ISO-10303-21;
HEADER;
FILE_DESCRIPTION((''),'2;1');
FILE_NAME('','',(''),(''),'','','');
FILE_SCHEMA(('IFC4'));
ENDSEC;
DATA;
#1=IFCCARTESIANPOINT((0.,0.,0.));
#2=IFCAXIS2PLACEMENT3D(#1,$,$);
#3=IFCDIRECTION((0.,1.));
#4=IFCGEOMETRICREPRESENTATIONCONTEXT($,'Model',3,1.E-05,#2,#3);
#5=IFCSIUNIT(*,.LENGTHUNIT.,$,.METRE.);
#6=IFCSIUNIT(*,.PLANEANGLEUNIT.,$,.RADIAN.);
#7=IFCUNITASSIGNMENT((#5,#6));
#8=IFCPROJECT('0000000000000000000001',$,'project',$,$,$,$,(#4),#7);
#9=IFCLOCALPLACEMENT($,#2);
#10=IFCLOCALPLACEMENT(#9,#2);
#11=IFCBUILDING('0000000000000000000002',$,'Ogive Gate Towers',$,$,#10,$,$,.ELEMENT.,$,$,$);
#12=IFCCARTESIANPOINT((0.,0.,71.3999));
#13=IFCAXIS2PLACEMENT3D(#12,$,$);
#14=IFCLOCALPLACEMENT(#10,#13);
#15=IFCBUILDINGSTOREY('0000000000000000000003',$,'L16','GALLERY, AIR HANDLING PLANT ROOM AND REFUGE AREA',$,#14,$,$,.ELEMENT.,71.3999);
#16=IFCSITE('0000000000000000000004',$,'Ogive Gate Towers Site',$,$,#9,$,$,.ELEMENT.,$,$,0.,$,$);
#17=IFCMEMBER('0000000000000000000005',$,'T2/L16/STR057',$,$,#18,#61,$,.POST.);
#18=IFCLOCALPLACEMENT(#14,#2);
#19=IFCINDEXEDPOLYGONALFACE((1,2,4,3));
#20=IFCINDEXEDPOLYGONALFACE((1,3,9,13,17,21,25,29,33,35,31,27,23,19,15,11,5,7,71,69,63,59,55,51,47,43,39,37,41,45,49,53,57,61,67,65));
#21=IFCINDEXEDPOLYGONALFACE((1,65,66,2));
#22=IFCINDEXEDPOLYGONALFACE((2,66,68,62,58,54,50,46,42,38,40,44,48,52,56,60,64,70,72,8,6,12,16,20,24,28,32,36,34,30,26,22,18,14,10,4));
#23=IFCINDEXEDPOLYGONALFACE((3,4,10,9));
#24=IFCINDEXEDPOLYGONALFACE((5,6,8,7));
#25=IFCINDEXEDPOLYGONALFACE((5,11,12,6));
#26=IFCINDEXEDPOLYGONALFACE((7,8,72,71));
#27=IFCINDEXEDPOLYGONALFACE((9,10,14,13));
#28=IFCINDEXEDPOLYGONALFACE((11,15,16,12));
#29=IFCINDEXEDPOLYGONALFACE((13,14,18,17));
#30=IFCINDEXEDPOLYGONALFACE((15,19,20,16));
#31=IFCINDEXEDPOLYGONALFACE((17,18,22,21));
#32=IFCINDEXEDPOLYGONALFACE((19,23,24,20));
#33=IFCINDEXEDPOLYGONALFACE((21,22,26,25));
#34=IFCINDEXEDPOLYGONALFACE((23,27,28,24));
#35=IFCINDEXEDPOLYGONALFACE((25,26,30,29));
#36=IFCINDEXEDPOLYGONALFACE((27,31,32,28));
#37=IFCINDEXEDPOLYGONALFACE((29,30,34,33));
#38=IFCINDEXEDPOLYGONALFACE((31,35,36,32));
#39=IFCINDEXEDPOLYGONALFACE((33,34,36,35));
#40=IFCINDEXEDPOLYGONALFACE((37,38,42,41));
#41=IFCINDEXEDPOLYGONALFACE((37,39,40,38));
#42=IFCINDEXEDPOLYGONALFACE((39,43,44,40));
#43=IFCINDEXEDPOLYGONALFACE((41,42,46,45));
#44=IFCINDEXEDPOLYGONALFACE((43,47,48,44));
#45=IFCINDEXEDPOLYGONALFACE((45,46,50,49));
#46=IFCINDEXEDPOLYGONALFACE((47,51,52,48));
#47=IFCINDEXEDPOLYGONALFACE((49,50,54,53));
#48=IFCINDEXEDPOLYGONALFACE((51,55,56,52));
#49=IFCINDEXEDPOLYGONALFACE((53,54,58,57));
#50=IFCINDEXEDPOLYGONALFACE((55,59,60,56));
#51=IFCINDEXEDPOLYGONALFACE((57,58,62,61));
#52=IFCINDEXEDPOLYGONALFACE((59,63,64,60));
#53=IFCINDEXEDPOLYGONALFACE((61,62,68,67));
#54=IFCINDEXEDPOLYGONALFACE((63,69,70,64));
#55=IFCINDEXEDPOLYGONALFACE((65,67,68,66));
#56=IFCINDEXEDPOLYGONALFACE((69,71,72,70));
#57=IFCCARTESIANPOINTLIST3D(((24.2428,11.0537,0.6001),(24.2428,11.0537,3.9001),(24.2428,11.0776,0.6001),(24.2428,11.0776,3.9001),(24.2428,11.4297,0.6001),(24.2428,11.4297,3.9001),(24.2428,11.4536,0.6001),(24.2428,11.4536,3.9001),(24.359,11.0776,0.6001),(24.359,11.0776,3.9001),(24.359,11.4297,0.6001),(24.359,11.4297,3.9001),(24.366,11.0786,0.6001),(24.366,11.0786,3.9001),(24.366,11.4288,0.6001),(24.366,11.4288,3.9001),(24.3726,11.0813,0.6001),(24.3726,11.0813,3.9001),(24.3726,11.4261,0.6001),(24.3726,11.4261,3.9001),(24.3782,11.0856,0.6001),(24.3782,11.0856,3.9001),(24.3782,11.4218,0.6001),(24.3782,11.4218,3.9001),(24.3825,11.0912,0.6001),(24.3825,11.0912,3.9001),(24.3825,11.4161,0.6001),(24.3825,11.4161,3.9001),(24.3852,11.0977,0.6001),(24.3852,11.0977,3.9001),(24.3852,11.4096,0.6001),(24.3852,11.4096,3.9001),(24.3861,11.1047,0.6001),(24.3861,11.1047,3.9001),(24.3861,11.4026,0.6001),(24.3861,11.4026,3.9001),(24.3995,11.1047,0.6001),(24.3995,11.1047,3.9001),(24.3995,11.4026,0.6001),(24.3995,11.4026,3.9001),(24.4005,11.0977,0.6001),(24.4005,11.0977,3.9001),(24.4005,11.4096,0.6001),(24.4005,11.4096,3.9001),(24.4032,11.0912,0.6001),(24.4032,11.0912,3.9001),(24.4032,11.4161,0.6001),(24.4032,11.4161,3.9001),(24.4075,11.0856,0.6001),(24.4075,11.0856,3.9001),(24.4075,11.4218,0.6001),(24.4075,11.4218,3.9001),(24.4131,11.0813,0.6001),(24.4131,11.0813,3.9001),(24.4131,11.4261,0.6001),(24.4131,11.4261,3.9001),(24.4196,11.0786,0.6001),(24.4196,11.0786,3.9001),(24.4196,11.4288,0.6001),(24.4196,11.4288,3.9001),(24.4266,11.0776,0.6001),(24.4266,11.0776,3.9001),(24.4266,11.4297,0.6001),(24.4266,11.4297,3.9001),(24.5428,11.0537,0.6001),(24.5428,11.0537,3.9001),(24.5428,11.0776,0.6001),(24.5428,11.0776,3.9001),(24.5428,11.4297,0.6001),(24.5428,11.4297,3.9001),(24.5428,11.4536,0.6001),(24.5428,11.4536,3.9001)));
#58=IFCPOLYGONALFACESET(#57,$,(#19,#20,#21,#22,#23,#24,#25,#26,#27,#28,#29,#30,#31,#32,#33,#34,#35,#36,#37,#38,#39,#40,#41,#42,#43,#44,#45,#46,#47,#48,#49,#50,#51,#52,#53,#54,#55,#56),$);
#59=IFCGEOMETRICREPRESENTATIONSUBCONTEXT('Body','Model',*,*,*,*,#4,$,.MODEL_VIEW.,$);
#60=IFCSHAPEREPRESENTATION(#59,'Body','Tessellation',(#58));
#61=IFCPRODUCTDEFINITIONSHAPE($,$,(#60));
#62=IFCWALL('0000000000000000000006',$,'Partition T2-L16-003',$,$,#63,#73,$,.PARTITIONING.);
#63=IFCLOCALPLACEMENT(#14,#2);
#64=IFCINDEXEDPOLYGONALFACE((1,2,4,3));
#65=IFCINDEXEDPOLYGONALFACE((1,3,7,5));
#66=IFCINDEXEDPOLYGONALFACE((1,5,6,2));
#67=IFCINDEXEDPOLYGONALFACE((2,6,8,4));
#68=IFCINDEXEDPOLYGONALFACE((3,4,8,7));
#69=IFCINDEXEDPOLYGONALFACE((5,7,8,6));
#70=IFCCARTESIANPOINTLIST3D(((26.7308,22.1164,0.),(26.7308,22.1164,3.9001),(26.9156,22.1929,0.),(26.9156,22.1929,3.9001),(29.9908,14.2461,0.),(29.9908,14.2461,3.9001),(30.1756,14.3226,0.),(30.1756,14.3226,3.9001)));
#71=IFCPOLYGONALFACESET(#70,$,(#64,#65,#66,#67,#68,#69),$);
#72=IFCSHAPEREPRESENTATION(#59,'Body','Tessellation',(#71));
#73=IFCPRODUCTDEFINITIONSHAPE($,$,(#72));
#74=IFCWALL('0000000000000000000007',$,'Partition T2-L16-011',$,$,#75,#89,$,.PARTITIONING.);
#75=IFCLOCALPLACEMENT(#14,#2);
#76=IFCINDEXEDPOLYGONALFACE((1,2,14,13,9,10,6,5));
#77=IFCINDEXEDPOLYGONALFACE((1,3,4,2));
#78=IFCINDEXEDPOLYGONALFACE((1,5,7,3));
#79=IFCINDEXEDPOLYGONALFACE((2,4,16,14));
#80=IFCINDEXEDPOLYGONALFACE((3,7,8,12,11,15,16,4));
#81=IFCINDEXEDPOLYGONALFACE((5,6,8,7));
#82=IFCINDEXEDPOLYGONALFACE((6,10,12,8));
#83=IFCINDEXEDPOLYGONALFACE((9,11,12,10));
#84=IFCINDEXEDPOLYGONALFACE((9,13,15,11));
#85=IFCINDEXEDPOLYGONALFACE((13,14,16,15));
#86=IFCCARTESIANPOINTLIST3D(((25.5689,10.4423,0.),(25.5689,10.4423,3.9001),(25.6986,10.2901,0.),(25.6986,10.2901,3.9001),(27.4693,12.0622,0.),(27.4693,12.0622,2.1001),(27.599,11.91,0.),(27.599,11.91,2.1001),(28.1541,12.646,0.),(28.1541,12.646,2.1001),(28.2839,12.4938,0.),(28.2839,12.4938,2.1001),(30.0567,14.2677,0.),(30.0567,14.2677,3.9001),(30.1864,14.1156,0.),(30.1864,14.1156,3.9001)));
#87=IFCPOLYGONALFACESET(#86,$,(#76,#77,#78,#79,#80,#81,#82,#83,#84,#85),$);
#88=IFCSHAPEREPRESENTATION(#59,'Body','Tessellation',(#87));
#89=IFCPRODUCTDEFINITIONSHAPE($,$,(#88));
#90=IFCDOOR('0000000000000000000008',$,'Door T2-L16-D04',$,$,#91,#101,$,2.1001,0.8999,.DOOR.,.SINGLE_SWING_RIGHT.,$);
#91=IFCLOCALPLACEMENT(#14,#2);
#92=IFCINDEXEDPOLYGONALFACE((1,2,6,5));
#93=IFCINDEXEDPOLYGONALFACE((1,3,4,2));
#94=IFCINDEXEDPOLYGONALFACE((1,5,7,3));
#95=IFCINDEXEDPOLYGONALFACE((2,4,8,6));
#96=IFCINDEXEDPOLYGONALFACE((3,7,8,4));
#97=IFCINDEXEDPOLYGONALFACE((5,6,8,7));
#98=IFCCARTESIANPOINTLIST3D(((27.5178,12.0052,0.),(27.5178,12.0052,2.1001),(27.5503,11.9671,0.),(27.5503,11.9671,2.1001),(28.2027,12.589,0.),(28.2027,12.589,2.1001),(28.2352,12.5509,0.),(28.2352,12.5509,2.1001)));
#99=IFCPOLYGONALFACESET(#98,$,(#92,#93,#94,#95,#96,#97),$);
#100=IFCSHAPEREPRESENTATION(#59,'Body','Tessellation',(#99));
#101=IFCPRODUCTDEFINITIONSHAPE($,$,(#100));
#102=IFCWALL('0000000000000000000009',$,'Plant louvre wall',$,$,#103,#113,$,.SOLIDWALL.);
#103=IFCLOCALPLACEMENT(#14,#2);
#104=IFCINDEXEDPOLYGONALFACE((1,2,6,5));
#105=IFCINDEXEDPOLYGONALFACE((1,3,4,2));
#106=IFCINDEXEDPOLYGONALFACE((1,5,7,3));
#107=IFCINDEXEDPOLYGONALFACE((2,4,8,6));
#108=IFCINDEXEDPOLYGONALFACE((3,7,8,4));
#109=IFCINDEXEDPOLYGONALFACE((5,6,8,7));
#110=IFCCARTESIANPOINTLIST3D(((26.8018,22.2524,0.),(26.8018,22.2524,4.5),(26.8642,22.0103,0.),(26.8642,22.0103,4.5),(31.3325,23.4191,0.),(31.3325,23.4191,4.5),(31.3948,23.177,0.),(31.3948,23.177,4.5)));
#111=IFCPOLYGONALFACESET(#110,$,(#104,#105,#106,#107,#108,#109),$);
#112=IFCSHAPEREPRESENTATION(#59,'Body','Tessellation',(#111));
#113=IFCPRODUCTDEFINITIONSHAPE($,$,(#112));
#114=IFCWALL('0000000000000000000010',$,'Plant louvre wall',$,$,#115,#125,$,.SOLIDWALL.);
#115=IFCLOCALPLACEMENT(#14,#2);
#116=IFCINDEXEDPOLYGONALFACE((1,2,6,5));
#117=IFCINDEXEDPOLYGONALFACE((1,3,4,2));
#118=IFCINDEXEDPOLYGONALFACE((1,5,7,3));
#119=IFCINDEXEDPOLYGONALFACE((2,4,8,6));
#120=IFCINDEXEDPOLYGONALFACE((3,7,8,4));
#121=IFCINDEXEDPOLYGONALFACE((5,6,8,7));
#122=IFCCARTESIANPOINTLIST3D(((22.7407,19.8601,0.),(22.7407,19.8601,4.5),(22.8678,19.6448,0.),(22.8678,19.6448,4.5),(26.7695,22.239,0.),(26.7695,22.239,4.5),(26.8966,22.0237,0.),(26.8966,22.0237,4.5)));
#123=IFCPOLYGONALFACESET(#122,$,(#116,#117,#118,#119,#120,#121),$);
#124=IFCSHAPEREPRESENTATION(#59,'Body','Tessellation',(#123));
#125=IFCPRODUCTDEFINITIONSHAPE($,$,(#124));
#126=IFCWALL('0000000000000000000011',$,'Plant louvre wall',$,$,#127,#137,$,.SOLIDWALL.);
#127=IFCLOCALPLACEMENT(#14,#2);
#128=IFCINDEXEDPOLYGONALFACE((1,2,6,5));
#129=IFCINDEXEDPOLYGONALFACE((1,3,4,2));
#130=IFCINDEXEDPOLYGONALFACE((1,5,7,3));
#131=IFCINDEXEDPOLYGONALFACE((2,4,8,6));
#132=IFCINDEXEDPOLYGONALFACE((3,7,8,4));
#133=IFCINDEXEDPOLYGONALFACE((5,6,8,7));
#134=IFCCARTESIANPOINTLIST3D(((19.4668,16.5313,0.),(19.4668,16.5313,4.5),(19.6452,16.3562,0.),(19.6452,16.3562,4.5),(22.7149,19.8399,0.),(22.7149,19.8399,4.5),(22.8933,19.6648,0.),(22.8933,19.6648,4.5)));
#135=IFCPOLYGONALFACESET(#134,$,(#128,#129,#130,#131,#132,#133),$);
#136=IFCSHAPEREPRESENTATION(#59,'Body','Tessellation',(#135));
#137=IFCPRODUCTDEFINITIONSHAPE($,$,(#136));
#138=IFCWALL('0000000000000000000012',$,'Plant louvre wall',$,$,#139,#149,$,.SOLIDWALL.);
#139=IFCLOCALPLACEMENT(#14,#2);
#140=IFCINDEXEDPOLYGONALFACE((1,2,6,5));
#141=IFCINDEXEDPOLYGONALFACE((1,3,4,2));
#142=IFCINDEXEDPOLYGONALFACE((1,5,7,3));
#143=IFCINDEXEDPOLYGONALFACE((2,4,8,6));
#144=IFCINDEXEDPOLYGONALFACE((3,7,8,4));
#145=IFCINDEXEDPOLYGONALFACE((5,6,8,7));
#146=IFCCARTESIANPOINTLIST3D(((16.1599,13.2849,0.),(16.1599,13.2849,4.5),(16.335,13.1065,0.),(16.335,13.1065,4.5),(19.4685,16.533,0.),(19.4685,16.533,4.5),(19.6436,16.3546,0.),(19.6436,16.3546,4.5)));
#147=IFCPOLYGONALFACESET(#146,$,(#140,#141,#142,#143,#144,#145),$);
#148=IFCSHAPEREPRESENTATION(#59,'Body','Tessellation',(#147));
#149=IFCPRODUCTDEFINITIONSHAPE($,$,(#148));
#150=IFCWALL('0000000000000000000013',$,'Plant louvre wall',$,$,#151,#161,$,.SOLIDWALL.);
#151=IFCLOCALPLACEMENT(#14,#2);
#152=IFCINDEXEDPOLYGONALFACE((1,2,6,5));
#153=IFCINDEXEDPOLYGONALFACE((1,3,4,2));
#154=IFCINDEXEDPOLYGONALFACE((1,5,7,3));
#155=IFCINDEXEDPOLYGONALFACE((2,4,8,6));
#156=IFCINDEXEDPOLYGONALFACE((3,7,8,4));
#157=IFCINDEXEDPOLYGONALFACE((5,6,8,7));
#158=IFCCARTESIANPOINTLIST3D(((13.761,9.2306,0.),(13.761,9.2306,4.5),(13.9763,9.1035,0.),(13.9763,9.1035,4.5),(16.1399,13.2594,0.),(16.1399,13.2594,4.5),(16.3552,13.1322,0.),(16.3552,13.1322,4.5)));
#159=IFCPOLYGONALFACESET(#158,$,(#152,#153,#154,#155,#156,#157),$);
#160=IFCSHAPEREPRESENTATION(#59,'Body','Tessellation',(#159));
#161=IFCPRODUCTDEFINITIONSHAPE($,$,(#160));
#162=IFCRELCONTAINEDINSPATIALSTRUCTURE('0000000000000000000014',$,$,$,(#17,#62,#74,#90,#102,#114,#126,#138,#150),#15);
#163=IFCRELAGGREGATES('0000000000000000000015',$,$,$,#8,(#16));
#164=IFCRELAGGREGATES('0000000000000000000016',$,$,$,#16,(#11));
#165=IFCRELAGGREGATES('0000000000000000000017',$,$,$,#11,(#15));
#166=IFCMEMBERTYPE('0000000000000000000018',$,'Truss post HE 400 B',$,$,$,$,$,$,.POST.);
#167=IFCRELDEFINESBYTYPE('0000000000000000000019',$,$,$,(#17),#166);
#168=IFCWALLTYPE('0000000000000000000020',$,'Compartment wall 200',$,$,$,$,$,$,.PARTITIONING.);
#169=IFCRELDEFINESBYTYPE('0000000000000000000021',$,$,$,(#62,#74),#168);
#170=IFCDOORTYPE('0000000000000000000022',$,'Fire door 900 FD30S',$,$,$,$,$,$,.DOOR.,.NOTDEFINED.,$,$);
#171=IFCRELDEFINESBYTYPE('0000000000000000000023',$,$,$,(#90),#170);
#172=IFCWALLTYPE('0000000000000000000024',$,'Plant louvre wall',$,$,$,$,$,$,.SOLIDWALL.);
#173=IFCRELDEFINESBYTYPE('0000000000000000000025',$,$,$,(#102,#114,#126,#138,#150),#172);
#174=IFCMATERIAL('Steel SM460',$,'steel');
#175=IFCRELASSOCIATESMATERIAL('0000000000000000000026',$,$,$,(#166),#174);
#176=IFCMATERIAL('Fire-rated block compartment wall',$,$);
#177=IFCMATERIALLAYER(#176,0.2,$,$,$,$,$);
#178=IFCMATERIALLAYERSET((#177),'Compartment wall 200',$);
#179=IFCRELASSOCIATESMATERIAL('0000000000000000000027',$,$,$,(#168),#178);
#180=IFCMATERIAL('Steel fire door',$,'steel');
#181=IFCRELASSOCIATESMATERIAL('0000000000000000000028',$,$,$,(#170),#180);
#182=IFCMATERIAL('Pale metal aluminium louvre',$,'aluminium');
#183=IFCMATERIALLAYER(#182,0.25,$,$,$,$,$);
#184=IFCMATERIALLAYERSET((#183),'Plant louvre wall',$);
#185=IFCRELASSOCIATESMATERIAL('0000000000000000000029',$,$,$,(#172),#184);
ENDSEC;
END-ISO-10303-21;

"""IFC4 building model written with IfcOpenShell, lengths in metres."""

from ifc_helpers import new_model, si_unit, direction, frame, frame_2d, origin, origin_2d, place, context, subcontext, project, spatial, rectangle, i_section, extrude, material, layer, layer_set, material_profile, profile_set, type_object, element, fill, save


model = new_model("IFC4")

# Units and contexts
model_context = context("Model", 3, precision=1e-05, world=origin(), true_north=direction((0.0, 1.0)))
body_context = subcontext(model_context, "Body", "Model", "MODEL_VIEW")
ifc_project = project(units=[si_unit("LENGTHUNIT", "METRE"), si_unit("PLANEANGLEUNIT", "RADIAN")], contexts=[model_context])

# Site, building, storey
site_placement = place(None, origin())
site = spatial("IfcSite", under=ifc_project, at=site_placement, Name="Ogive Gate Towers Site", CompositionType="ELEMENT", RefElevation=0.0)
building_placement = place(site_placement, origin())
building = spatial("IfcBuilding", under=site, at=building_placement, Name="Ogive Gate Towers", CompositionType="ELEMENT")
storey_placement = place(building_placement, frame((0.0, 0.0, 71.3999)))
storey = spatial("IfcBuildingStorey", under=building, at=storey_placement, Name="L16", Description="GALLERY, AIR HANDLING PLANT ROOM AND REFUGE AREA", CompositionType="ELEMENT", Elevation=71.3999)

# Shared definitions
ifc_material_1 = material(Name="Steel SM460", Category="steel")

# Member
ifc_material_profile_1 = material_profile(ifc_material_1, i_section(OverallWidth=0.3, OverallDepth=0.3999, WebThickness=0.0134, FlangeThickness=0.0239, FilletRadius=0.0271, at=origin_2d()), Name="HE 400 B")
ifc_profile_set_1 = profile_set([ifc_material_profile_1], Name="Steel SM460")
member_type_1 = type_object("IfcMemberType", Name="Truss post HE 400 B", PredefinedType="POST", material=ifc_profile_set_1)
member_1_placement = place(storey_placement, frame((24.3928, 11.2537, 0.6001), z_axis=(0.0, 0.0, 1.0), x_axis=(1.0, 0.0, 0.0)))
element("IfcMember", 1, at=member_1_placement, inside=storey, type_object=member_type_1, Name="T2/L16/STR057", PredefinedType="POST", context=body_context, shape_type="SweptSolid", body=[
    extrude(i_section(OverallWidth=0.3, OverallDepth=0.3999, WebThickness=0.0134, FlangeThickness=0.0239, FilletRadius=0.0271, at=origin_2d()), origin(), (0.0, 0.0, 1.0), 3.3),
])

# Wall
ifc_material_2 = material(Name="Fire-rated block compartment wall")
ifc_layer_1 = layer(ifc_material_2, 0.2)
ifc_layer_set_1 = layer_set([ifc_layer_1], Name="Compartment wall 200")
wall_type_1 = type_object("IfcWallType", Name="Compartment wall 200", PredefinedType="PARTITIONING", material=ifc_layer_set_1)
wall_1_placement = place(storey_placement, frame((26.8232, 22.1545, 0.0), z_axis=(0.0, 0.0, 1.0), x_axis=(0.382683, -0.92388, 0.0)))
element("IfcWall", 2, at=wall_1_placement, inside=storey, type_object=wall_type_1, Name="Partition T2-L16-003", PredefinedType="PARTITIONING", context=body_context, shape_type="SweptSolid", body=[
    extrude(rectangle(XDim=8.5188, YDim=0.2, at=frame_2d((4.2593, 0.0))), origin(), (0.0, 0.0, 1.0), 3.9001),
])

# Wall, opening, door
wall_2_placement = place(storey_placement, frame((30.1216, 14.1917, 0.0), z_axis=(0.0, 0.0, 1.0), x_axis=(-0.761034, -0.648713, 0.0)))
wall_2 = element("IfcWall", 3, at=wall_2_placement, inside=storey, type_object=wall_type_1, Name="Partition T2-L16-011", PredefinedType="PARTITIONING", context=body_context, shape_type="SweptSolid", body=[
    extrude(rectangle(XDim=5.897, YDim=0.2, at=frame_2d((2.9485, 0.0))), origin(), (0.0, 0.0, 1.0), 3.9001),
])
opening_placement = place(wall_2_placement, frame((2.5, 0.0, 0.0)))
opening = element("IfcOpeningElement", 4, at=opening_placement, cuts=wall_2, PredefinedType="OPENING", context=body_context, shape_type="SweptSolid", body=[
    extrude(rectangle(XDim=0.8999, YDim=2.1001, at=frame_2d((0.45, 1.05))), frame((0.0, 0.1099, 0.0), z_axis=(0.0, -1.0, 0.0), x_axis=(1.0, 0.0, 0.0)), (0.0, 0.0, 1.0), 0.22),
])
ifc_material_3 = material(Name="Steel fire door", Category="steel")
door_type = type_object("IfcDoorType", Name="Fire door 900 FD30S", OperationType="NOTDEFINED", PredefinedType="DOOR", material=ifc_material_3)
door_placement = place(opening_placement, origin())
door = element("IfcDoor", 5, at=door_placement, inside=storey, type_object=door_type, Name="Door T2-L16-D04", OperationType="SINGLE_SWING_RIGHT", OverallHeight=2.1001, OverallWidth=0.8999, PredefinedType="DOOR", context=body_context, shape_type="SweptSolid", body=[
    extrude(rectangle(XDim=0.8999, YDim=2.1001, at=frame_2d((0.45, 1.05))), frame((0.0, 0.0249, 0.0), z_axis=(0.0, -1.0, 0.0), x_axis=(1.0, 0.0, 0.0)), (0.0, 0.0, 1.0), 0.05),
])
fill(opening, door)

# Walls
ifc_material_4 = material(Name="Pale metal aluminium louvre", Category="aluminium")
ifc_layer_2 = layer(ifc_material_4, 0.25)
ifc_layer_set_2 = layer_set([ifc_layer_2], Name="Plant louvre wall")
wall_type_2 = type_object("IfcWallType", Name="Plant louvre wall", PredefinedType="SOLIDWALL", material=ifc_layer_set_2)
wall_3_placement = place(storey_placement, frame((31.3638, 23.2981, 0.0), z_axis=(0.0, 0.0, 1.0), x_axis=(-0.968405, -0.249381, 0.0)))
element("IfcWall", 6, at=wall_3_placement, inside=storey, type_object=wall_type_2, Name="Plant louvre wall", PredefinedType="SOLIDWALL", context=body_context, shape_type="SweptSolid", body=[
    extrude(rectangle(XDim=4.6785, YDim=0.25, at=frame_2d((2.3394, 0.0))), origin(), (0.0, 0.0, 1.0), 4.5),
])
wall_4_placement = place(storey_placement, frame((26.833, 22.1313, 0.0), z_axis=(0.0, 0.0, 1.0), x_axis=(-0.861091, -0.508452, 0.0)))
element("IfcWall", 7, at=wall_4_placement, inside=storey, type_object=wall_type_2, Name="Plant louvre wall", PredefinedType="SOLIDWALL", context=body_context, shape_type="SweptSolid", body=[
    extrude(rectangle(XDim=4.6787, YDim=0.25, at=frame_2d((2.3394, 0.0))), origin(), (0.0, 0.0, 1.0), 4.5),
])
for number, where, z_axis, x_axis, name in (
    (8, (22.8042, 19.7524, 0.0), (0.0, 0.0, 1.0), (-0.700547, -0.713606, 0.0), "Plant louvre wall"),
    (9, (19.5562, 16.4438, 0.0), (0.0, 0.0, 1.0), (-0.713606, -0.700547, 0.0), "Plant louvre wall"),
):
    element("IfcWall", number, at=place(storey_placement, frame(where, z_axis=z_axis, x_axis=x_axis)), inside=storey, type_object=wall_type_2, Name=name, PredefinedType="SOLIDWALL", context=body_context, shape_type="SweptSolid", body=[
        extrude(rectangle(XDim=4.6365, YDim=0.25, at=frame_2d((2.3184, 0.0))), origin(), (0.0, 0.0, 1.0), 4.5),
    ])
wall_5_placement = place(storey_placement, frame((16.2476, 13.1958, 0.0), z_axis=(0.0, 0.0, 1.0), x_axis=(-0.508452, -0.861091, 0.0)))
element("IfcWall", 10, at=wall_5_placement, inside=storey, type_object=wall_type_2, Name="Plant louvre wall", PredefinedType="SOLIDWALL", context=body_context, shape_type="SweptSolid", body=[
    extrude(rectangle(XDim=4.6787, YDim=0.25, at=frame_2d((2.3394, 0.0))), origin(), (0.0, 0.0, 1.0), 4.5),
])

save(model, "model.ifc")
